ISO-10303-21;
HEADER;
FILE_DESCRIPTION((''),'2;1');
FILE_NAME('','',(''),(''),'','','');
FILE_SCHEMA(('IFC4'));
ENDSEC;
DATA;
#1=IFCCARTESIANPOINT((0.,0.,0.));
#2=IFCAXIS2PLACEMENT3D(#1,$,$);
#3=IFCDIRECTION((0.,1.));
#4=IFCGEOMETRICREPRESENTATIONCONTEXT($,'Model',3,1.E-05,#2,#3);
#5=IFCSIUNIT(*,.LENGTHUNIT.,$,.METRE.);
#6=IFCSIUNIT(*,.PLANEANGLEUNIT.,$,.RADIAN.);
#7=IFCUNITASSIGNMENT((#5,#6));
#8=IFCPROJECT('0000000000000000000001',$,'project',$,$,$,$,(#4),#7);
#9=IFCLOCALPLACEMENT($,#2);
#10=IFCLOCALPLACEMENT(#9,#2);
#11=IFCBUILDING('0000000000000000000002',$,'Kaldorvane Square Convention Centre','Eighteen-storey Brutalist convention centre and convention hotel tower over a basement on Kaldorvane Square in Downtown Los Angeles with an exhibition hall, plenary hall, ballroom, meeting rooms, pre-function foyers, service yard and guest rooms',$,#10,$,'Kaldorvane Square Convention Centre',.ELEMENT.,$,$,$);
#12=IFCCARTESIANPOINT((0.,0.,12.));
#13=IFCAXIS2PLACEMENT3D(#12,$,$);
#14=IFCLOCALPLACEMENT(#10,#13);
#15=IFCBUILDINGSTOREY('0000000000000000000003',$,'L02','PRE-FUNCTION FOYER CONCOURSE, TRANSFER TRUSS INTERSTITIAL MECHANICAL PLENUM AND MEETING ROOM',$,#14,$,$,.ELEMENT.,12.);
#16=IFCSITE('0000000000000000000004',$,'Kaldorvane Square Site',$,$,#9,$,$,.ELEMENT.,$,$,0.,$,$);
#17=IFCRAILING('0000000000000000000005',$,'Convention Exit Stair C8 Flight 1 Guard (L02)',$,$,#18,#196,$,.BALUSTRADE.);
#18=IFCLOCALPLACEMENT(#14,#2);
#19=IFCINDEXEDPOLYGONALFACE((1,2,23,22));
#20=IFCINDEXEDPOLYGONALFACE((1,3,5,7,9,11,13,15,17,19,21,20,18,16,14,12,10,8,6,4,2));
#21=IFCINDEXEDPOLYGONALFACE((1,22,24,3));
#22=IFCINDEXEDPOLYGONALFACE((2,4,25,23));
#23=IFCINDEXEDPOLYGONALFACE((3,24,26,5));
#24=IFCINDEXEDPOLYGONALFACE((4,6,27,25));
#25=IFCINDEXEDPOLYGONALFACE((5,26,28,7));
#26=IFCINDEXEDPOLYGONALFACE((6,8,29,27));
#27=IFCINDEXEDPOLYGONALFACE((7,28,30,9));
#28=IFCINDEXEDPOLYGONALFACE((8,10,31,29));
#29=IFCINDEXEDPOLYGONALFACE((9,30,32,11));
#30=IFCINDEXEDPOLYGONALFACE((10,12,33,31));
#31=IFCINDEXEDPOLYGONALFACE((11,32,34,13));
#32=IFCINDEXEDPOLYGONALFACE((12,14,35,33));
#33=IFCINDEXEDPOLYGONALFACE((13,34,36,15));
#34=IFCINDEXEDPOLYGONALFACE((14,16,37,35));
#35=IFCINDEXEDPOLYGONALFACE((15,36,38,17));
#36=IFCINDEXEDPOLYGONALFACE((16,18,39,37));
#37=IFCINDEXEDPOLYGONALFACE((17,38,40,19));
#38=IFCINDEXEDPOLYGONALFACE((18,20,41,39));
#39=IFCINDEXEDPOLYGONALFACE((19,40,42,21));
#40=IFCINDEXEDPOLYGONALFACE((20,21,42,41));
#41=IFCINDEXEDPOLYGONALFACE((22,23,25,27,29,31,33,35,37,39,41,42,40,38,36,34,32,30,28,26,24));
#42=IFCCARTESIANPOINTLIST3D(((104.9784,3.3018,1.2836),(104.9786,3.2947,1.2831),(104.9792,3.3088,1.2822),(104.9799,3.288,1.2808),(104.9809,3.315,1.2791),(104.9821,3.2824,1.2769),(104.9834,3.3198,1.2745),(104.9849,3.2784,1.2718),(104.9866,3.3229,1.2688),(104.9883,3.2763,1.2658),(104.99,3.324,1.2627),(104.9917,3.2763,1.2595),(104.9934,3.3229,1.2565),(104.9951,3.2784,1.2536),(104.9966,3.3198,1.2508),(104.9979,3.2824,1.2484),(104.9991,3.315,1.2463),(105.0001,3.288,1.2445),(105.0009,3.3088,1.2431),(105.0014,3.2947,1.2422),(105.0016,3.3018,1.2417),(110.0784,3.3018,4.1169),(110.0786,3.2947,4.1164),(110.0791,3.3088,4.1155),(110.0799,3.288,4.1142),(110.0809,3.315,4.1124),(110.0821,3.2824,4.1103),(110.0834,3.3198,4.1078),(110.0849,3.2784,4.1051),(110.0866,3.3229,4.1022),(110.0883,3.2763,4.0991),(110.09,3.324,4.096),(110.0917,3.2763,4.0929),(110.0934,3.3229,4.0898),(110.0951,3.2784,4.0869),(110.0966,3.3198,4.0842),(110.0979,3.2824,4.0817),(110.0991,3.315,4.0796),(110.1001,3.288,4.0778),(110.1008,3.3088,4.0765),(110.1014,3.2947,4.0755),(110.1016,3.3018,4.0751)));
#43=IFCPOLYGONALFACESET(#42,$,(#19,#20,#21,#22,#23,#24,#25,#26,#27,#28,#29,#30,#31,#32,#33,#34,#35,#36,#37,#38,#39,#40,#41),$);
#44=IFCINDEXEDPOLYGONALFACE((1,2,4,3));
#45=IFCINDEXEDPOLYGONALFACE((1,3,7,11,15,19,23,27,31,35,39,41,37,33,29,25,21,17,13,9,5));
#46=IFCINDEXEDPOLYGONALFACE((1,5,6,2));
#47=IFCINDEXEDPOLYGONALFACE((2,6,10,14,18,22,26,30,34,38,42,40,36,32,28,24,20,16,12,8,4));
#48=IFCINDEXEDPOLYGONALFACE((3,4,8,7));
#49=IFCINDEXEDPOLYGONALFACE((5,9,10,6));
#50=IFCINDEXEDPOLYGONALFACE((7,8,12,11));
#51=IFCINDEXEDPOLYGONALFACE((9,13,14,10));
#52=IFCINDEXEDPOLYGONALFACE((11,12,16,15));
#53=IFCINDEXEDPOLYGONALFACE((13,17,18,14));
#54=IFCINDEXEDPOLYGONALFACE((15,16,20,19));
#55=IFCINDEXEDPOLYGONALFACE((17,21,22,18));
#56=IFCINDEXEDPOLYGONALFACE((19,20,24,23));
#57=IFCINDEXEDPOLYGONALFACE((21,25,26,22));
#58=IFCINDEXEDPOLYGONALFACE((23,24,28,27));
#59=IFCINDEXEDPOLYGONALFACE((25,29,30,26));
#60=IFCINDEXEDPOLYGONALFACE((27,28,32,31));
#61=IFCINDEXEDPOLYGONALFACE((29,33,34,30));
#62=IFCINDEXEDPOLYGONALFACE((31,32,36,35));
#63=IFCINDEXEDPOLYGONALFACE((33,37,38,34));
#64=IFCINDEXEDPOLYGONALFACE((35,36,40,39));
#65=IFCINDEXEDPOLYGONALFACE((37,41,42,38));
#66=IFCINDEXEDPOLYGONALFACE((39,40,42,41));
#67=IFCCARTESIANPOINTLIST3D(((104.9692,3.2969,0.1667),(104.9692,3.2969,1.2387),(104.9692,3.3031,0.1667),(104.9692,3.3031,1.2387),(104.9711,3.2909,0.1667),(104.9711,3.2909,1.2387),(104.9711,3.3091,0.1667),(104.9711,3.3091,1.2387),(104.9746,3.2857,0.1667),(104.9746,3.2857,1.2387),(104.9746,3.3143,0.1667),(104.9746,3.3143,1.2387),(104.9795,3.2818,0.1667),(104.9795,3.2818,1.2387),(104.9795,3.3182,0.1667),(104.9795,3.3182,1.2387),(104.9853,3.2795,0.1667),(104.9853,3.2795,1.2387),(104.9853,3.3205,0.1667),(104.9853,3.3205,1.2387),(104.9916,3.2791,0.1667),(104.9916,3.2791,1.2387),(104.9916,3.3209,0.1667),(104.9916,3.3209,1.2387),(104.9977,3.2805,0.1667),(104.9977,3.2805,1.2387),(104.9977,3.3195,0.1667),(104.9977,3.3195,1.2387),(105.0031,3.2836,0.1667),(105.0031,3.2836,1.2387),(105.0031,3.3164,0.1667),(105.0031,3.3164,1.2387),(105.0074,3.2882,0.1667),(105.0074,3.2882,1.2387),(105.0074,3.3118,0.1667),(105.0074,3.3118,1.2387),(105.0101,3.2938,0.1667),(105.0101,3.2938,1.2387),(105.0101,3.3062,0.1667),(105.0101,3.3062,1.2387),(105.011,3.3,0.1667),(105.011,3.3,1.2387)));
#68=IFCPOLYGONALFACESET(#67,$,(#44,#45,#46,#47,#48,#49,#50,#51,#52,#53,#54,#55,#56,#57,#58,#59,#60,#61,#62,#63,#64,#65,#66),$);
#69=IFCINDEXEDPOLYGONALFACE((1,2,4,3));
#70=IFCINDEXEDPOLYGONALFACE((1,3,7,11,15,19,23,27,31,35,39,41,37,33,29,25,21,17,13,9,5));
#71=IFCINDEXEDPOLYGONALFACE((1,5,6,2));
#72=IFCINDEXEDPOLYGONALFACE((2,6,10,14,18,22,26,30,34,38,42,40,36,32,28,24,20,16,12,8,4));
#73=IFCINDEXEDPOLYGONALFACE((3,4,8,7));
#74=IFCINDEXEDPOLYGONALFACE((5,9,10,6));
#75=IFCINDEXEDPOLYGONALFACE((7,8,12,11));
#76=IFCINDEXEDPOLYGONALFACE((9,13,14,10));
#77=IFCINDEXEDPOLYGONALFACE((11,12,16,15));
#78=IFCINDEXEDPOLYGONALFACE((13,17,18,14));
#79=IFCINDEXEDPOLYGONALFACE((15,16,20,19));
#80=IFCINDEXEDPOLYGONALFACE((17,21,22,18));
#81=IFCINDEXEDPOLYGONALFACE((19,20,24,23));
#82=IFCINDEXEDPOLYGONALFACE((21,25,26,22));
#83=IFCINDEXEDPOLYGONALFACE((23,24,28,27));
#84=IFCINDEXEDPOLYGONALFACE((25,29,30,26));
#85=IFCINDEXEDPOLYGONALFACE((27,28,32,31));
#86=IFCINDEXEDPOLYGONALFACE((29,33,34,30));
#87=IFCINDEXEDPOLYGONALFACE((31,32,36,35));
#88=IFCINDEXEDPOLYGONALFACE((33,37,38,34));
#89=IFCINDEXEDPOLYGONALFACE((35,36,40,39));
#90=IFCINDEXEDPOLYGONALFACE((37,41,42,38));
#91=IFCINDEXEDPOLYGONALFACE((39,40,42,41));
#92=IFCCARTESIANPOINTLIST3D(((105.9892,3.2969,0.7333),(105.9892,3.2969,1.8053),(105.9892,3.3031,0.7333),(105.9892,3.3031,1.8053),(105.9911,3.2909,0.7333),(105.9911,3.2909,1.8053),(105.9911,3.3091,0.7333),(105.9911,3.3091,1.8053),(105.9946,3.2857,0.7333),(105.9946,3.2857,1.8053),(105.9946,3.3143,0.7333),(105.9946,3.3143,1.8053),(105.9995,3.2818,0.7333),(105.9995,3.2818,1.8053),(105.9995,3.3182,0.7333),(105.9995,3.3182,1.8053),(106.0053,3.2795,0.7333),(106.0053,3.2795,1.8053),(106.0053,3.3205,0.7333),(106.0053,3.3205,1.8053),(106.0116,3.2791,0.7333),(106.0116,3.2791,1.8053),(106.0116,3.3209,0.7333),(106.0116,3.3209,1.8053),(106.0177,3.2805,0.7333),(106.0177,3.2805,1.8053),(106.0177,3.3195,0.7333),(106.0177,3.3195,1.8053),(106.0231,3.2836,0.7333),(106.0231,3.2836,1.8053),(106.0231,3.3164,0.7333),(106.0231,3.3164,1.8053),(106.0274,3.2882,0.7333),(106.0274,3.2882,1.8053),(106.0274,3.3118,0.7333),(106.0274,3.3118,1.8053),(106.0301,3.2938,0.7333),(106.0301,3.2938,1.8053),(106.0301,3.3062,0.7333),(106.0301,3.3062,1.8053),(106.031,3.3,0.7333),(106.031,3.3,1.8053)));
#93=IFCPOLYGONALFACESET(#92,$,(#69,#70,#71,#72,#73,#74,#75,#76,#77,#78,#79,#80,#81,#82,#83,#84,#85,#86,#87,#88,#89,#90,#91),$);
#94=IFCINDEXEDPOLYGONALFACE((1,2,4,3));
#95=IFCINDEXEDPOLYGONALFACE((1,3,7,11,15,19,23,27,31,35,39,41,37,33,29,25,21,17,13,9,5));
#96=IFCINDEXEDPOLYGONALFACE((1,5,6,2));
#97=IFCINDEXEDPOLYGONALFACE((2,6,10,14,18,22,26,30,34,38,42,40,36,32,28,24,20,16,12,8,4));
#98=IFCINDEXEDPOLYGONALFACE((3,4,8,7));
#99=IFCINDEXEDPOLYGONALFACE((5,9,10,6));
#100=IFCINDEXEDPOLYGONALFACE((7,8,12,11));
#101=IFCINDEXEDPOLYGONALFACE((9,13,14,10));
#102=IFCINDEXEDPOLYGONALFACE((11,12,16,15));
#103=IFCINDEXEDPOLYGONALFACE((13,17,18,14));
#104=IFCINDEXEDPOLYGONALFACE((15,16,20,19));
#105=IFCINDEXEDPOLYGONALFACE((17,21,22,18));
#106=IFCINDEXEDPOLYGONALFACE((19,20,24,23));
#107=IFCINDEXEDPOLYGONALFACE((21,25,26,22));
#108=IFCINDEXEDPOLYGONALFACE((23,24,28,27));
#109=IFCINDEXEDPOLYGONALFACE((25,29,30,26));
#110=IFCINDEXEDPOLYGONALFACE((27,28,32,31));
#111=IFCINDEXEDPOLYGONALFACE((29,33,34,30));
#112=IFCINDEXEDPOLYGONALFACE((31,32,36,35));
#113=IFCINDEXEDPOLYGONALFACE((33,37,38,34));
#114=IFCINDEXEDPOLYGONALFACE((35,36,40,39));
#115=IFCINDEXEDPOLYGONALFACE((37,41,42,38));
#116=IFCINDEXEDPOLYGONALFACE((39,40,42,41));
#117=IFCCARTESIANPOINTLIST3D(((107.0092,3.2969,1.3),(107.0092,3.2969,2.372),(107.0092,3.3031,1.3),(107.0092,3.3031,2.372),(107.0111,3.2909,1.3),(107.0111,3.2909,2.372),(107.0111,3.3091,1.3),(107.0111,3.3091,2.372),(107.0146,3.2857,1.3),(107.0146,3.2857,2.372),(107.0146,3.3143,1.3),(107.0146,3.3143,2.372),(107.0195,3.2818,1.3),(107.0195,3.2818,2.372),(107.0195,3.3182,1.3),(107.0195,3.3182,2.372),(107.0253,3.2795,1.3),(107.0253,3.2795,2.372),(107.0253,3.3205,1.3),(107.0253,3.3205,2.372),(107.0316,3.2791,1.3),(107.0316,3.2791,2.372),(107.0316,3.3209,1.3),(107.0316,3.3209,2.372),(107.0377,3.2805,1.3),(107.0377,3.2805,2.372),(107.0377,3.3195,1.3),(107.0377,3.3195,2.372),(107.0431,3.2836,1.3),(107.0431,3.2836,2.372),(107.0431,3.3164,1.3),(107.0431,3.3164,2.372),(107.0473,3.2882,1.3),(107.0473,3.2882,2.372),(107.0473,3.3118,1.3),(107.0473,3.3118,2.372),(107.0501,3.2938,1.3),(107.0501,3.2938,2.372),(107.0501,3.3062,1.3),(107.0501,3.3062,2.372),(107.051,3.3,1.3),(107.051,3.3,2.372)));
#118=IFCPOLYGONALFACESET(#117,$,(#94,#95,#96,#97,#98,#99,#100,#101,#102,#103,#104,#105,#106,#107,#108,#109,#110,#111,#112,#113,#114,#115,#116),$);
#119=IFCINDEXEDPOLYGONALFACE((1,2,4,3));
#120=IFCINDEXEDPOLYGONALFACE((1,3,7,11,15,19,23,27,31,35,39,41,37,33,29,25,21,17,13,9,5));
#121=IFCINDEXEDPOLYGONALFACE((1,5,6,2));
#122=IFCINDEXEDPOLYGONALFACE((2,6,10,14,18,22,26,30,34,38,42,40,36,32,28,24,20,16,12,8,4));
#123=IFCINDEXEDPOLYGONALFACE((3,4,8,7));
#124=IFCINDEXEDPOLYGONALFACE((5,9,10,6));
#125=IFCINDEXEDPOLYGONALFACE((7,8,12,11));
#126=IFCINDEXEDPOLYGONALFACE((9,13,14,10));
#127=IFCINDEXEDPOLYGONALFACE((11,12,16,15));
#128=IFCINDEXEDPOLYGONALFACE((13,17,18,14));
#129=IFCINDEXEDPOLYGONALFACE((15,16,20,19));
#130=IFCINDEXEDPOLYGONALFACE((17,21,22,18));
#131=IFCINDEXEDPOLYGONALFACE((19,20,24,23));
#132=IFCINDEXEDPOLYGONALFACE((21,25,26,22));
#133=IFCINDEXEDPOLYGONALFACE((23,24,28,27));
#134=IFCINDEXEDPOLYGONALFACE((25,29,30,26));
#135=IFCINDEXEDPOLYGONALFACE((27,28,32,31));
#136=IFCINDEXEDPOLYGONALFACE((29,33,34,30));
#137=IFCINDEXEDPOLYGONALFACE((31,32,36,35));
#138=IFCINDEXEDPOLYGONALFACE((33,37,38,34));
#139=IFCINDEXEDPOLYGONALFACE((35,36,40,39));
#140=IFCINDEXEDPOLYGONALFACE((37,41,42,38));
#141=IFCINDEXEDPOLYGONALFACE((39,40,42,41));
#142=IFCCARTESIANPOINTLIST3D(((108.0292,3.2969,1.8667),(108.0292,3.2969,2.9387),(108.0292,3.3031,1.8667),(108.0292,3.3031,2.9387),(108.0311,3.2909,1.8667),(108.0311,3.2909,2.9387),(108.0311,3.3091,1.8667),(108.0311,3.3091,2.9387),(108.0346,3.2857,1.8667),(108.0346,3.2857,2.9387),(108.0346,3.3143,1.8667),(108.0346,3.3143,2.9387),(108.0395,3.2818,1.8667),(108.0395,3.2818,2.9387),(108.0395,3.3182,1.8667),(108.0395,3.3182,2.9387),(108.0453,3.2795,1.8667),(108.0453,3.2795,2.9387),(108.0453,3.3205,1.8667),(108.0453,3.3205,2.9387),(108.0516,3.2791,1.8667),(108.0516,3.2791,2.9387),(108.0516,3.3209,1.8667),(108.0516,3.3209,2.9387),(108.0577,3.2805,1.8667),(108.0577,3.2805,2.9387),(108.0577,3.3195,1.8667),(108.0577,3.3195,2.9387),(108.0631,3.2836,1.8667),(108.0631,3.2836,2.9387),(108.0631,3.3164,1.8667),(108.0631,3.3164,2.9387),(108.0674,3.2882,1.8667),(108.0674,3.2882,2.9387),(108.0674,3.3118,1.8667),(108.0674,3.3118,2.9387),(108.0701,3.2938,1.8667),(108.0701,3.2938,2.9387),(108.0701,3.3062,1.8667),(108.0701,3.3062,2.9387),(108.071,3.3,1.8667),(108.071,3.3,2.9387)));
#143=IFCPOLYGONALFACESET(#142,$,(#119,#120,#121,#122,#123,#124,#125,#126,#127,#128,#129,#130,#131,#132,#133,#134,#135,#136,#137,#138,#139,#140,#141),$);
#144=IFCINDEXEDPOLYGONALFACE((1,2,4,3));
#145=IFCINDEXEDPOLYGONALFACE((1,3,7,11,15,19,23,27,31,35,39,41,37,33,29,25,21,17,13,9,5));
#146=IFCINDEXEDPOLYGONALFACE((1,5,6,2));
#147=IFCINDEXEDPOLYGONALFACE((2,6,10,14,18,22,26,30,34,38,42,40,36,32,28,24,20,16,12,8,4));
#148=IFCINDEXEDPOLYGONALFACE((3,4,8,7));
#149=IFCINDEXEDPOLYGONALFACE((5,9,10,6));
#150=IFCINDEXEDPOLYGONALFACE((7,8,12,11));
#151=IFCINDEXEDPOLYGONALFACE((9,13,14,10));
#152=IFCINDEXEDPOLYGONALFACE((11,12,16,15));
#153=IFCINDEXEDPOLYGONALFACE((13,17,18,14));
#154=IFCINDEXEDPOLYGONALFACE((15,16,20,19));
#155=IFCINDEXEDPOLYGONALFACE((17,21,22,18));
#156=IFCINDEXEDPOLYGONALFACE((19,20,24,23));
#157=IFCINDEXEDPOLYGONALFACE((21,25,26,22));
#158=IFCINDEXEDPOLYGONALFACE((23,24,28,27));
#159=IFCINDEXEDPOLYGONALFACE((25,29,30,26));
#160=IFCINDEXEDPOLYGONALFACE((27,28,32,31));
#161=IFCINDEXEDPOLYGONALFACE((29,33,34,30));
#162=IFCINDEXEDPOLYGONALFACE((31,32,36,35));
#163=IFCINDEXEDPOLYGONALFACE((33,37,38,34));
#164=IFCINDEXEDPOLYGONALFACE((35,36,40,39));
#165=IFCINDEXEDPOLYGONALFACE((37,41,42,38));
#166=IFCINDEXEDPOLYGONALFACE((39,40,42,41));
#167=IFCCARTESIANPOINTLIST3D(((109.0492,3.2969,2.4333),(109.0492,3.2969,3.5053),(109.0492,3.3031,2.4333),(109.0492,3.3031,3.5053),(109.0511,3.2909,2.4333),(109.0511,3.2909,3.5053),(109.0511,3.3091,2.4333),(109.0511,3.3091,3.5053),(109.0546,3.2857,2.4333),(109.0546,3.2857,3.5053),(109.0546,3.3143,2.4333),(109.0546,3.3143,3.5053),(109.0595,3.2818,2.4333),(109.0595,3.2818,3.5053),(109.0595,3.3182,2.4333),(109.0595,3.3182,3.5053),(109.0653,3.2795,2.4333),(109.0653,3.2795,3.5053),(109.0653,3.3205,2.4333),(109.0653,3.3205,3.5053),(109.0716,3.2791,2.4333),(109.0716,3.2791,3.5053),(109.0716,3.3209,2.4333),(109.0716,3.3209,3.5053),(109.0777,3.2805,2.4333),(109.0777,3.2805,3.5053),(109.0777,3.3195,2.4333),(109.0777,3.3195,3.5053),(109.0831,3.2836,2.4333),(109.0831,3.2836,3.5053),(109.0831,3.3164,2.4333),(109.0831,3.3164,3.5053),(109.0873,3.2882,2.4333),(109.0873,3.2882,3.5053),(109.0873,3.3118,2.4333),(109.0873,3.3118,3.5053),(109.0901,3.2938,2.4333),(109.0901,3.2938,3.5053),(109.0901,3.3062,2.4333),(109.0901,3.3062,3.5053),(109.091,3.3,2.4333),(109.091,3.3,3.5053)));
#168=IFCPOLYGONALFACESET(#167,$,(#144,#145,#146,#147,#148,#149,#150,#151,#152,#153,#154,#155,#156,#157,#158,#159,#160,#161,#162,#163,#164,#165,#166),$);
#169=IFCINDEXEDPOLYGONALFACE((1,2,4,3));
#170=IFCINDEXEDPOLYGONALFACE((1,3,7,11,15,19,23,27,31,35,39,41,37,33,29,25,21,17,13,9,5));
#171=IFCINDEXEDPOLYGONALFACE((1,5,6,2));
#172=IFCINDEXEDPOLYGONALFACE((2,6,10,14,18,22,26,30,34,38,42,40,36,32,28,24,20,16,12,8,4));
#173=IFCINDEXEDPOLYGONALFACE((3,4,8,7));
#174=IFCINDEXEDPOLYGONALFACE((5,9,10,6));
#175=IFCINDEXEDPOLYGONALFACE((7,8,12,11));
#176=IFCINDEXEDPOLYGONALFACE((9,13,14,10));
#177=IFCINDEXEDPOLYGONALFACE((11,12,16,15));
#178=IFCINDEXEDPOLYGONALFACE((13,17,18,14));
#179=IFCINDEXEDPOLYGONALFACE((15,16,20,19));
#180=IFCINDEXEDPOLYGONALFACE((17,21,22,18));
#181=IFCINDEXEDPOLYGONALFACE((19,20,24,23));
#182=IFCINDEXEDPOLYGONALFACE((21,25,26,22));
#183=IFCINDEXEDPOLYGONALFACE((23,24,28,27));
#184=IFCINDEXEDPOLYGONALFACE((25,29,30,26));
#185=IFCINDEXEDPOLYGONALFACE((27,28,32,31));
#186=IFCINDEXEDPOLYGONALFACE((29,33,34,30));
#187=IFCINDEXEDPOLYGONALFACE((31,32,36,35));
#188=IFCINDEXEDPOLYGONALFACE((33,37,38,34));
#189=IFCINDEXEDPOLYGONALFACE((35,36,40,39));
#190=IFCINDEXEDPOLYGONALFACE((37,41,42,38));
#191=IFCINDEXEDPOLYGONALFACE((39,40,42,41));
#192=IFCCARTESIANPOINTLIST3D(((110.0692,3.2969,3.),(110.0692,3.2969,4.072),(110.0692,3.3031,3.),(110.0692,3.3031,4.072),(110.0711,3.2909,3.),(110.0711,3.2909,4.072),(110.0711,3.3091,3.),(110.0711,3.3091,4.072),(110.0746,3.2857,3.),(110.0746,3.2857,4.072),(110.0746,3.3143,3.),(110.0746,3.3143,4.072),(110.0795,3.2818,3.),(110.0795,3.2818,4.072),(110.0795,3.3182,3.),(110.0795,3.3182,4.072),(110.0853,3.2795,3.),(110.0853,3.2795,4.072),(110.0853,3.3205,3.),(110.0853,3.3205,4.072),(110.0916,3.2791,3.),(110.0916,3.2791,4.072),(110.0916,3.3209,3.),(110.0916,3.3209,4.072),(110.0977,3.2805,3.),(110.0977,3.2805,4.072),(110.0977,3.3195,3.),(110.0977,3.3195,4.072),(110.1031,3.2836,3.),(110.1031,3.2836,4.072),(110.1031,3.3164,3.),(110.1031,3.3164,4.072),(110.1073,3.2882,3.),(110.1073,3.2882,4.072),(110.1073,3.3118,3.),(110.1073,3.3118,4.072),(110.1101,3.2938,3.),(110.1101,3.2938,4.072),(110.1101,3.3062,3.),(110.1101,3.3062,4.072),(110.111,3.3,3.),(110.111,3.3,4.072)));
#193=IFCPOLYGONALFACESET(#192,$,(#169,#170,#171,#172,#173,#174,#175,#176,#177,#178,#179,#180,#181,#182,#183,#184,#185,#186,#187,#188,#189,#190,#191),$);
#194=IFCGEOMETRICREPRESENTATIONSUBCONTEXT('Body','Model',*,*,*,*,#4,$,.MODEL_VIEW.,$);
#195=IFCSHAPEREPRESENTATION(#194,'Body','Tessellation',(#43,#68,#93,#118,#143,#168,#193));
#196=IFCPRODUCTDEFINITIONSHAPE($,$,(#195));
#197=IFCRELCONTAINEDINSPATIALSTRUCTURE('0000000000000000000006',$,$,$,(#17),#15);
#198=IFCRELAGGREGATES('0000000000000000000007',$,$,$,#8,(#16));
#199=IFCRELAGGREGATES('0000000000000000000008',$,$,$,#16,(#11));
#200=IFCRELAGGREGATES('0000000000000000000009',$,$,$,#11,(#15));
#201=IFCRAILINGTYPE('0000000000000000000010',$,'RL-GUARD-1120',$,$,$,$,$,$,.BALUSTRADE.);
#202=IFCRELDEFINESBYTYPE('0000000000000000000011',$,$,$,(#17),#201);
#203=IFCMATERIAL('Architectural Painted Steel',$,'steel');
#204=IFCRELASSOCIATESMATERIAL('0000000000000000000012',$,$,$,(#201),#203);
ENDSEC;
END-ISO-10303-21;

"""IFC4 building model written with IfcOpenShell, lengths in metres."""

from ifc_helpers import new_model, si_unit, direction, frame, origin, origin_2d, place, context, subcontext, project, spatial, circle, extrude, material, type_object, element, save


model = new_model("IFC4")

# Units and contexts
model_context = context("Model", 3, precision=1e-05, world=origin(), true_north=direction((0.0, 1.0)))
body_context = subcontext(model_context, "Body", "Model", "MODEL_VIEW")
ifc_project = project(units=[si_unit("LENGTHUNIT", "METRE"), si_unit("PLANEANGLEUNIT", "RADIAN")], contexts=[model_context])

# Site, building, storey
site_placement = place(None, origin())
site = spatial("IfcSite", under=ifc_project, at=site_placement, Name="Kaldorvane Square Site", CompositionType="ELEMENT", RefElevation=0.0)
building_placement = place(site_placement, origin())
building = spatial("IfcBuilding", under=site, at=building_placement, Name="Kaldorvane Square Convention Centre", Description="Eighteen-storey Brutalist convention centre and convention hotel tower over a basement on Kaldorvane Square in Downtown Los Angeles with an exhibition hall, plenary hall, ballroom, meeting rooms, pre-function foyers, service yard and guest rooms", LongName="Kaldorvane Square Convention Centre", CompositionType="ELEMENT")
storey_placement = place(building_placement, frame((0.0, 0.0, 12.0)))
storey = spatial("IfcBuildingStorey", under=building, at=storey_placement, Name="L02", Description="PRE-FUNCTION FOYER CONCOURSE, TRANSFER TRUSS INTERSTITIAL MECHANICAL PLENUM AND MEETING ROOM", CompositionType="ELEMENT", Elevation=12.0)

# Railing
ifc_material_1 = material(Name="Architectural Painted Steel", Category="steel")
railing_type_1 = type_object("IfcRailingType", Name="RL-GUARD-1120", PredefinedType="BALUSTRADE", material=ifc_material_1)
railing_1_placement = place(storey_placement, frame((104.99, 3.3, 0.1667)))
element("IfcRailing", 1, at=railing_1_placement, inside=storey, type_object=railing_type_1, Name="Convention Exit Stair C8 Flight 1 Guard (L02)", PredefinedType="BALUSTRADE", context=body_context, shape_type="SweptSolid", body=[
    extrude(circle(Radius=0.024, at=origin_2d()), frame((0.0, 0.0, 1.096), z_axis=(0.874157, 0.0, 0.485643), x_axis=(0.0, 1.0, 0.0)), (0.0, 0.0, 1.0), 5.8342),
    extrude(circle(Radius=0.021, at=origin_2d()), origin(), (0.0, 0.0, 1.0), 1.072),
    extrude(circle(Radius=0.021, at=origin_2d()), frame((1.02, 0.0, 0.5667)), (0.0, 0.0, 1.0), 1.072),
    extrude(circle(Radius=0.021, at=origin_2d()), frame((2.04, 0.0, 1.1333)), (0.0, 0.0, 1.0), 1.072),
    extrude(circle(Radius=0.021, at=origin_2d()), frame((3.06, 0.0, 1.7)), (0.0, 0.0, 1.0), 1.072),
    extrude(circle(Radius=0.021, at=origin_2d()), frame((4.08, 0.0, 2.2667)), (0.0, 0.0, 1.0), 1.072),
    extrude(circle(Radius=0.021, at=origin_2d()), frame((5.1, 0.0, 2.8333)), (0.0, 0.0, 1.0), 1.072),
])

save(model, "model.ifc")
